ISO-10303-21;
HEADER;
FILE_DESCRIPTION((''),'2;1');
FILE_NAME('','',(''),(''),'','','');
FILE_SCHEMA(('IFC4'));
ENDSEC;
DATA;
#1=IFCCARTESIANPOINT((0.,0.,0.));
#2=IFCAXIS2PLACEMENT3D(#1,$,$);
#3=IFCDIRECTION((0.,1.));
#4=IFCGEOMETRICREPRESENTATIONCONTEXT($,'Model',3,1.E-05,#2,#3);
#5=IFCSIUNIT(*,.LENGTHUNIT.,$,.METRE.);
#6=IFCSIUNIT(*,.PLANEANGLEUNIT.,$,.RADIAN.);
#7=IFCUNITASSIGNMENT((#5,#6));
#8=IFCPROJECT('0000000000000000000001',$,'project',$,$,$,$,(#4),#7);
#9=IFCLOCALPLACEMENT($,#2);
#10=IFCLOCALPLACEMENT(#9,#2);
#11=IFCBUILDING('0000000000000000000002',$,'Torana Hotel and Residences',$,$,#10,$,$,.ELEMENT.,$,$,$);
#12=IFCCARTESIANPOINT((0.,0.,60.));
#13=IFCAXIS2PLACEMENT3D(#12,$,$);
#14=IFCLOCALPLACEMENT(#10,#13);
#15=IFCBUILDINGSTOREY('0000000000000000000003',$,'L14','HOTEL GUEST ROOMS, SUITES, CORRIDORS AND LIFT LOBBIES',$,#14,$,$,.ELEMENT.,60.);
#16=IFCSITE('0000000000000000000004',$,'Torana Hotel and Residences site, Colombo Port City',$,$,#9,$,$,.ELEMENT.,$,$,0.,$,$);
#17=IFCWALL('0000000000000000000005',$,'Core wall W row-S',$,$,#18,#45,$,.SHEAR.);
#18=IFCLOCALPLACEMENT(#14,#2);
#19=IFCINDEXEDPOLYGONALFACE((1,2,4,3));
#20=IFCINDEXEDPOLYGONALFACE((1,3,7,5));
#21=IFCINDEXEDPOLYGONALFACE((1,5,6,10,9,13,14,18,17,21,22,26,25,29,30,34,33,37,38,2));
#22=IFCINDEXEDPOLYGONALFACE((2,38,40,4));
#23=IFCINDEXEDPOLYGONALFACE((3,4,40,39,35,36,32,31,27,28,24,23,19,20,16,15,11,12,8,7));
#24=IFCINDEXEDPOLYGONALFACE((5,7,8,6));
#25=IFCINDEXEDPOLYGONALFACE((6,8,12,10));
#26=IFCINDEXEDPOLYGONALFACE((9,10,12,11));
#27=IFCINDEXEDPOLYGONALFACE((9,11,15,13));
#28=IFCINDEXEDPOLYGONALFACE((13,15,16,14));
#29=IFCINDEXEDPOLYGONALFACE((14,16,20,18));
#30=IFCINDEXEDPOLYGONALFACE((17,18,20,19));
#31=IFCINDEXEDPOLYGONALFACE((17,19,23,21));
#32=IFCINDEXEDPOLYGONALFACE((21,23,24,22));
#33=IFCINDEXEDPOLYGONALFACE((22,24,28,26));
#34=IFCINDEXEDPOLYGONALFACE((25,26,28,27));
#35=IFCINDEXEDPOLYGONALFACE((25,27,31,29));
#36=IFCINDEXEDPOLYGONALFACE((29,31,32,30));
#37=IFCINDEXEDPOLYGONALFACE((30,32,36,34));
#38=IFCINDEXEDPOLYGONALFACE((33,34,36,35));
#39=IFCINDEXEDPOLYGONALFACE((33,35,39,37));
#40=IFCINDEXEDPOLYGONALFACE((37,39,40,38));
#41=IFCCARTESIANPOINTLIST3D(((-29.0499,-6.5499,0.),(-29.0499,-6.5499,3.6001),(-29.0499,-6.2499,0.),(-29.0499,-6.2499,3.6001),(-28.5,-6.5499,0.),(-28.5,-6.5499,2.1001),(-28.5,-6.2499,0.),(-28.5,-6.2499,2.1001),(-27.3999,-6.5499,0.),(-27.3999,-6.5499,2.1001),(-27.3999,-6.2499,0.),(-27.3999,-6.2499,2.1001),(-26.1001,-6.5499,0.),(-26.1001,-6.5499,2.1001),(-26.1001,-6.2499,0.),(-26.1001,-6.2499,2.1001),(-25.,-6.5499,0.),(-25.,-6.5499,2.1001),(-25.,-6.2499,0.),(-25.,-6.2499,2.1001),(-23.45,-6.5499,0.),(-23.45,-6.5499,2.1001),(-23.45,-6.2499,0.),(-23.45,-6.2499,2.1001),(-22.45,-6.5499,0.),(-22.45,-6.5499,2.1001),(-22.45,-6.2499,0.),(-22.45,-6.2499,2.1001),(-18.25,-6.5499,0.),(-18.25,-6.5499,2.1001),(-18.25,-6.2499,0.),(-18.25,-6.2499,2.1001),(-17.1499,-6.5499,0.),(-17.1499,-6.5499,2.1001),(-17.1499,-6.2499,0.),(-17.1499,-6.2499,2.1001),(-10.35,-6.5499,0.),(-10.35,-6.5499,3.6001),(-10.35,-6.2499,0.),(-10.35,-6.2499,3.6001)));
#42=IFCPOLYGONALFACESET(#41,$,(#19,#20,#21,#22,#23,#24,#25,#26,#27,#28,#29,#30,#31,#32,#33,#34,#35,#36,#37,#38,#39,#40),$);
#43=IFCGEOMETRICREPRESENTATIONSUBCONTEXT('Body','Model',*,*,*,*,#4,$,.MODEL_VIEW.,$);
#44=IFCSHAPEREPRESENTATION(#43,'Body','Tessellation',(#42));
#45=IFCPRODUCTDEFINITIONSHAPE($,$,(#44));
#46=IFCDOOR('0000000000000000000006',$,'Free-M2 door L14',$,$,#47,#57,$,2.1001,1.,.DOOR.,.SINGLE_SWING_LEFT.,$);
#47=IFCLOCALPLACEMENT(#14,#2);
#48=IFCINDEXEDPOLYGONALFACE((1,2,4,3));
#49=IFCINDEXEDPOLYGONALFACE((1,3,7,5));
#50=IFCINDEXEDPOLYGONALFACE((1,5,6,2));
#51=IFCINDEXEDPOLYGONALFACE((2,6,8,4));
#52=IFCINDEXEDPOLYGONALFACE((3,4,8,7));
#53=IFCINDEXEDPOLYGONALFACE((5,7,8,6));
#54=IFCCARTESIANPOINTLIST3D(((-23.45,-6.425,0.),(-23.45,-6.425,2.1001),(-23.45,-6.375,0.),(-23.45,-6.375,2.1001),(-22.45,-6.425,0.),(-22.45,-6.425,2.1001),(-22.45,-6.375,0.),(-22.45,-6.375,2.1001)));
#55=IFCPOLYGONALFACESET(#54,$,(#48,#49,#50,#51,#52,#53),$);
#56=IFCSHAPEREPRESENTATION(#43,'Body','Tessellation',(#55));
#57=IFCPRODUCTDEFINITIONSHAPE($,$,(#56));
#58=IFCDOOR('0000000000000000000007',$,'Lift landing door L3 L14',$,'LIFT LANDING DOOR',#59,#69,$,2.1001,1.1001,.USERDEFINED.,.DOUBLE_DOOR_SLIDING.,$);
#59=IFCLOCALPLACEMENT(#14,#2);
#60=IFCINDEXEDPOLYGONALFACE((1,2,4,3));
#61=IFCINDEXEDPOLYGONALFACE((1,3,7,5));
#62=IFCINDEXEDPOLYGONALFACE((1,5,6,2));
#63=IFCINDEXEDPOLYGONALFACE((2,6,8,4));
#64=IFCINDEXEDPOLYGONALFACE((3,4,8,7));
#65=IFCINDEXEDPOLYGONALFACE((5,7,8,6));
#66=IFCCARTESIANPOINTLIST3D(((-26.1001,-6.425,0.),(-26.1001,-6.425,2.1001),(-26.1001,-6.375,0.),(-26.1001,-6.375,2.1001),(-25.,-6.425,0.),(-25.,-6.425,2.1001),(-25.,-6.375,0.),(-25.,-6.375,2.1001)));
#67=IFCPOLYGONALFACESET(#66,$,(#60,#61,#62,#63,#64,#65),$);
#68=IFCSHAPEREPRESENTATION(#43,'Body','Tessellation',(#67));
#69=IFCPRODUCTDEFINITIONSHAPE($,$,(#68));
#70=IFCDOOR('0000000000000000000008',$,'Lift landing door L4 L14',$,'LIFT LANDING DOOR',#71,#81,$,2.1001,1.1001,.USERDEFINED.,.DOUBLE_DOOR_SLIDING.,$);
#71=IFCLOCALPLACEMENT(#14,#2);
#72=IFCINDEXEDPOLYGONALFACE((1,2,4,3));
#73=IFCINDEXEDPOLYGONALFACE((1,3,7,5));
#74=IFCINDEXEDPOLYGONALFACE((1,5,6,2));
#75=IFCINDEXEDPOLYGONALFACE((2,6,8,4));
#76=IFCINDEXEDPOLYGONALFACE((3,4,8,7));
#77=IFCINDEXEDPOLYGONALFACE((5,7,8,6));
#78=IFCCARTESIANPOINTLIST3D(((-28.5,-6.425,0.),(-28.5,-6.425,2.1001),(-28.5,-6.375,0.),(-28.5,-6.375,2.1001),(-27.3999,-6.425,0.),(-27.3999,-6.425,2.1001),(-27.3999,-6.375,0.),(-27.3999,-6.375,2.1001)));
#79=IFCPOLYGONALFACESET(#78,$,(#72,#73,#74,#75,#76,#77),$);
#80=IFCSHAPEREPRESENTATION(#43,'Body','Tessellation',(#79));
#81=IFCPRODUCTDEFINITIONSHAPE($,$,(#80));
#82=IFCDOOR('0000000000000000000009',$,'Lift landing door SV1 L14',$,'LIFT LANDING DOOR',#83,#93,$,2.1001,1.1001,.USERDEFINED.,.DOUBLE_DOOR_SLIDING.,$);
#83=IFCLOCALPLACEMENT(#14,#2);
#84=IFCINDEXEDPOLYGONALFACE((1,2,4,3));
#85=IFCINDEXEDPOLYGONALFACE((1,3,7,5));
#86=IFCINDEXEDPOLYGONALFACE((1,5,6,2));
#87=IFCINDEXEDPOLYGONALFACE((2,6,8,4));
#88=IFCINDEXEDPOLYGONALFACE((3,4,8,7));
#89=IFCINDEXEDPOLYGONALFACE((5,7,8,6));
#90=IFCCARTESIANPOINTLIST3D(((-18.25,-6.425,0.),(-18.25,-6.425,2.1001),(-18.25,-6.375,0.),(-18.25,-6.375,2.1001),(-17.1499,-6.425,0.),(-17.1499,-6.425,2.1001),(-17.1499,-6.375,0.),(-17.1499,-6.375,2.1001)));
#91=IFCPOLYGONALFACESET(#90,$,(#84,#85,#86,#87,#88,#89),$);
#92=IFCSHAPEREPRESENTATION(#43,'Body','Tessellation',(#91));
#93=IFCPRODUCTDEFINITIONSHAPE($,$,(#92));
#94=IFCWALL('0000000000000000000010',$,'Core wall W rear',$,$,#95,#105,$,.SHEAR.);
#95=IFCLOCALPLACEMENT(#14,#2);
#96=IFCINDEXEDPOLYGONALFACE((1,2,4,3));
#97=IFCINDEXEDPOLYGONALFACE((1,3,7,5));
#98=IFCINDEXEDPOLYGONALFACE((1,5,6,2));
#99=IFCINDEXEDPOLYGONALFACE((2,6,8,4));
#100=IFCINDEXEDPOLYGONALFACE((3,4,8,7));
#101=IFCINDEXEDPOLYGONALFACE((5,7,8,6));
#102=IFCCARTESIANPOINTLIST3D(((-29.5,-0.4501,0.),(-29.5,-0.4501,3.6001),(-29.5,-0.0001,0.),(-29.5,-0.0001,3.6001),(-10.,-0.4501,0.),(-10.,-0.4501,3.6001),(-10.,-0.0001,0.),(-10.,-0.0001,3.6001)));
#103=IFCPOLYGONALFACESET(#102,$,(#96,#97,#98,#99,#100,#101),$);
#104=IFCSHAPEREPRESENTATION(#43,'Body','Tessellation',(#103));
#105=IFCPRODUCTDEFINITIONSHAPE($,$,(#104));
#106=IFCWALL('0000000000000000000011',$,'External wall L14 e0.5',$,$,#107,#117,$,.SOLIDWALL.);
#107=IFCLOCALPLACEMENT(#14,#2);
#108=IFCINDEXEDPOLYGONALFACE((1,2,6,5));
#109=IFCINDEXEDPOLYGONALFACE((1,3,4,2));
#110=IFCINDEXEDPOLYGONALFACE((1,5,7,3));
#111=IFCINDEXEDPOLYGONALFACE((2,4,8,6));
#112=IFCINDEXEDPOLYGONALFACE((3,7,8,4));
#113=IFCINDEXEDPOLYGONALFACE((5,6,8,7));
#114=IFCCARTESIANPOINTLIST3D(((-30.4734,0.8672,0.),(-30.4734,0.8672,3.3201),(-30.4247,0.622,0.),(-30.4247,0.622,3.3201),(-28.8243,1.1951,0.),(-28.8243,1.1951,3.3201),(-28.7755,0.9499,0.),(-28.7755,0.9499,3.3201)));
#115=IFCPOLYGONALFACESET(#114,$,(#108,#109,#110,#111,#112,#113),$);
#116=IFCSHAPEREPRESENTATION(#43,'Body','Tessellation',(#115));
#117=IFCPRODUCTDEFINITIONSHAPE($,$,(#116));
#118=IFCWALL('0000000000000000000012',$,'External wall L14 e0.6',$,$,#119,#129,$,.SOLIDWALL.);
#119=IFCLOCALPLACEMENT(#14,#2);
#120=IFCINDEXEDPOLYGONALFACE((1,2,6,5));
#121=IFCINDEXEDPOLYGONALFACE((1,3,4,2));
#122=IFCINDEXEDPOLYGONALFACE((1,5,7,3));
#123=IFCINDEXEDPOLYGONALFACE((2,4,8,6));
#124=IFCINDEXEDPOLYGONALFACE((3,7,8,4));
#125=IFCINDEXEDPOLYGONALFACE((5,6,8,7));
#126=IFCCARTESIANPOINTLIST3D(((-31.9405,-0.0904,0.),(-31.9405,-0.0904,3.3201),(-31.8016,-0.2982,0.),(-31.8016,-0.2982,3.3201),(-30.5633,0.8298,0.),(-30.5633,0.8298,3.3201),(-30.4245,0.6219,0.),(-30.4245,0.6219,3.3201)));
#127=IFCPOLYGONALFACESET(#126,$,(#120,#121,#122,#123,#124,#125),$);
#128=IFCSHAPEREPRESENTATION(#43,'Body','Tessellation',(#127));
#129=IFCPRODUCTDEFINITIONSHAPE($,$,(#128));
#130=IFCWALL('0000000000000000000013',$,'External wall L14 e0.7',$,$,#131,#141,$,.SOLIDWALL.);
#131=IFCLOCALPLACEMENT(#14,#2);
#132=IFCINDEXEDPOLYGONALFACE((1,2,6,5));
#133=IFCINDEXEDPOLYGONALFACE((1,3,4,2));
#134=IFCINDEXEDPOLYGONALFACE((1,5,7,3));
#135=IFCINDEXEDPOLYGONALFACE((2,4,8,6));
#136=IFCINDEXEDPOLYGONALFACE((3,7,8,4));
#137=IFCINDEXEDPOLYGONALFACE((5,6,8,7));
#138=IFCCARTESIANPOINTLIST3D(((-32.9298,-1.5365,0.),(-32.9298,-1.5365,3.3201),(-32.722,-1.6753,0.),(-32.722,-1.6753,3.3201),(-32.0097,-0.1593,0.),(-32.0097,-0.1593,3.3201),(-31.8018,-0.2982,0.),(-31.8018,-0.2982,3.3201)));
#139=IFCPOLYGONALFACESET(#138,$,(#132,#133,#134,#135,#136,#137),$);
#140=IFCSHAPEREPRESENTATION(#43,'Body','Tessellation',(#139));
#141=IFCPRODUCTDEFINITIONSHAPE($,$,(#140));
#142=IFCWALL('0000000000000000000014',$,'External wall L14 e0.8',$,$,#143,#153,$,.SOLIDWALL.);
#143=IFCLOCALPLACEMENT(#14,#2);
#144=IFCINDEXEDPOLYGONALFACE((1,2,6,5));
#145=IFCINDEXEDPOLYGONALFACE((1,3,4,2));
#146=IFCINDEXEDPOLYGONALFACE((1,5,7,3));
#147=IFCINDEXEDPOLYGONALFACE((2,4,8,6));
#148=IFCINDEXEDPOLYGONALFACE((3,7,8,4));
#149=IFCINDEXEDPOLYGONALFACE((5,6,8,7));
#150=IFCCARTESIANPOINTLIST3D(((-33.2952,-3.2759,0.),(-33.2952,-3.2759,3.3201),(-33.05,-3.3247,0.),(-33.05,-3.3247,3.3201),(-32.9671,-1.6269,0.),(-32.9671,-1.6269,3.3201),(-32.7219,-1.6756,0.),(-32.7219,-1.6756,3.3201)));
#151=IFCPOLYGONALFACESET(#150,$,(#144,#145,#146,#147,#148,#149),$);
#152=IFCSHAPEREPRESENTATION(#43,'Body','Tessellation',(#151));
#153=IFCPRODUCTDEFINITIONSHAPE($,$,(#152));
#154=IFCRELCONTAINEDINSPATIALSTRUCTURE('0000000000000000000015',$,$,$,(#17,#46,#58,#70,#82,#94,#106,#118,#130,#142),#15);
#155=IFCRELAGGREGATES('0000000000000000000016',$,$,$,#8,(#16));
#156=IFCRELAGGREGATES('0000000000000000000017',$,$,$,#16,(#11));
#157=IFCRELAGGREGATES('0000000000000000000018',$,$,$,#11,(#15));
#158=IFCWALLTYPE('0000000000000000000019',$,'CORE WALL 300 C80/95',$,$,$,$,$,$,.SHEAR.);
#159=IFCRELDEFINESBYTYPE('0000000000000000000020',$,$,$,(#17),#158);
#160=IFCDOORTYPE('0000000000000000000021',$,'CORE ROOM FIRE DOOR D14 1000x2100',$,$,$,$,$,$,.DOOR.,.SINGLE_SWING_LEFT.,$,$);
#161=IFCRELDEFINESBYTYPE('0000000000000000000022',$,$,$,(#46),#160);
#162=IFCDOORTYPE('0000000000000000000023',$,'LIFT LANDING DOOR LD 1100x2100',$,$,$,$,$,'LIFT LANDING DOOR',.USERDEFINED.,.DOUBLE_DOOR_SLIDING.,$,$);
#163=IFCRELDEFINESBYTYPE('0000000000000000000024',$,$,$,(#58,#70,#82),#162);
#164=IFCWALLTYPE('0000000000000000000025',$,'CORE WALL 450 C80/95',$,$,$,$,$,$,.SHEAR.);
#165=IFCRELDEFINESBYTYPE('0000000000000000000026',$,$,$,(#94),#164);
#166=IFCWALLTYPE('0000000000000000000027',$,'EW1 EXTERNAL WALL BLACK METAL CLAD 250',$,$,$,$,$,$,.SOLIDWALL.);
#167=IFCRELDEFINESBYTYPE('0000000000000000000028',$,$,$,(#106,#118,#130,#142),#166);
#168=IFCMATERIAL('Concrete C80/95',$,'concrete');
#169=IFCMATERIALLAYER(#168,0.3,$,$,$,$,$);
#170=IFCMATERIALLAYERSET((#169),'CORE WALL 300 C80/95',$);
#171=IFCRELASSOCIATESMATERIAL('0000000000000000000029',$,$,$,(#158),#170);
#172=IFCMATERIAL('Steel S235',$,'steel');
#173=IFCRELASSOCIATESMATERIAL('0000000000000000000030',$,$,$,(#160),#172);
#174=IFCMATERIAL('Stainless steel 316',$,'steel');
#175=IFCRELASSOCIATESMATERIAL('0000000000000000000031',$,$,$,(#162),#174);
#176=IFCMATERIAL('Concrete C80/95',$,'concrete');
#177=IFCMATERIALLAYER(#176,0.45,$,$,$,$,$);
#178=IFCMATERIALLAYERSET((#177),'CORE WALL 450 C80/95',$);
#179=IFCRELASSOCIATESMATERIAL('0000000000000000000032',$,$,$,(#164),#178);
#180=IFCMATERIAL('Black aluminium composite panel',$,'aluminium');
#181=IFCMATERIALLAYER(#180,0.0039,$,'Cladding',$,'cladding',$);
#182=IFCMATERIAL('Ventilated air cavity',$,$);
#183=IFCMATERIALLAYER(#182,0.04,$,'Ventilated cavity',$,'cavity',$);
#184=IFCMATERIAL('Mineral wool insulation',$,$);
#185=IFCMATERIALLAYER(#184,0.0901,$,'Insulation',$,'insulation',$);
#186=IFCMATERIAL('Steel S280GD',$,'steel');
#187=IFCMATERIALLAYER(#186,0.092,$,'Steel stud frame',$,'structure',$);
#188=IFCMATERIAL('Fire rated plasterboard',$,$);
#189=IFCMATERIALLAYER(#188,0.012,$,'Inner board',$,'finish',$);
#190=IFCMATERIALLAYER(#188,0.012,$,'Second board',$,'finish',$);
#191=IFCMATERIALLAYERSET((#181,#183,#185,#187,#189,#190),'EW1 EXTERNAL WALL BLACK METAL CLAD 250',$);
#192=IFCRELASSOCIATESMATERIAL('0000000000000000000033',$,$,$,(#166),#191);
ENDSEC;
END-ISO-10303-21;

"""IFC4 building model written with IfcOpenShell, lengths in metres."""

from ifc_helpers import new_model, si_unit, direction, frame, frame_2d, origin, place, context, subcontext, project, spatial, rectangle, extrude, material, layer, layer_set, type_object, element, fill, save


model = new_model("IFC4")

# Units and contexts
model_context = context("Model", 3, precision=1e-05, world=origin(), true_north=direction((0.0, 1.0)))
body_context = subcontext(model_context, "Body", "Model", "MODEL_VIEW")
ifc_project = project(units=[si_unit("LENGTHUNIT", "METRE"), si_unit("PLANEANGLEUNIT", "RADIAN")], contexts=[model_context])

# Site, building, storey
site_placement = place(None, origin())
site = spatial("IfcSite", under=ifc_project, at=site_placement, Name="Torana Hotel and Residences site, Colombo Port City", CompositionType="ELEMENT", RefElevation=0.0)
building_placement = place(site_placement, origin())
building = spatial("IfcBuilding", under=site, at=building_placement, Name="Torana Hotel and Residences", CompositionType="ELEMENT")
storey_placement = place(building_placement, frame((0.0, 0.0, 60.0)))
storey = spatial("IfcBuildingStorey", under=building, at=storey_placement, Name="L14", Description="HOTEL GUEST ROOMS, SUITES, CORRIDORS AND LIFT LOBBIES", CompositionType="ELEMENT", Elevation=60.0)

# Wall, openings, doors
ifc_material_1 = material(Name="Concrete C80/95", Category="concrete")
ifc_layer_1 = layer(ifc_material_1, 0.3)
ifc_layer_set_1 = layer_set([ifc_layer_1], Name="CORE WALL 300 C80/95")
wall_type_1 = type_object("IfcWallType", Name="CORE WALL 300 C80/95", PredefinedType="SHEAR", material=ifc_layer_set_1)
ifc_material_2 = material(Name="Steel S235", Category="steel")
door_type_1 = type_object("IfcDoorType", Name="CORE ROOM FIRE DOOR D14 1000x2100", OperationType="SINGLE_SWING_LEFT", PredefinedType="DOOR", material=ifc_material_2)
ifc_material_3 = material(Name="Stainless steel 316", Category="steel")
door_type_2 = type_object("IfcDoorType", Name="LIFT LANDING DOOR LD 1100x2100", ElementType="LIFT LANDING DOOR", OperationType="DOUBLE_DOOR_SLIDING", PredefinedType="USERDEFINED", material=ifc_material_3)
wall_1_placement = place(storey_placement, frame((-29.05, -6.3999, 0.0), z_axis=(0.0, 0.0, 1.0), x_axis=(1.0, 0.0, 0.0)))
wall_1 = element("IfcWall", 1, at=wall_1_placement, inside=storey, type_object=wall_type_1, Name="Core wall W row-S", PredefinedType="SHEAR", context=body_context, shape_type="SweptSolid", body=[
    extrude(rectangle(XDim=18.7, YDim=0.3, at=frame_2d((9.3501, 0.0))), origin(), (0.0, 0.0, 1.0), 3.6001),
])
opening_1_placement = place(wall_1_placement, frame((2.95, 0.0, 0.0)))
opening_1 = element("IfcOpeningElement", 2, at=opening_1_placement, cuts=wall_1, PredefinedType="OPENING", context=body_context, shape_type="SweptSolid", body=[
    extrude(rectangle(XDim=1.1001, YDim=2.1001, at=frame_2d((0.55, 1.05))), frame((0.0, 0.1599, 0.0), z_axis=(0.0, -1.0, 0.0), x_axis=(1.0, 0.0, 0.0)), (0.0, 0.0, 1.0), 0.3201),
])
opening_2_placement = place(wall_1_placement, frame((0.55, 0.0, 0.0)))
opening_2 = element("IfcOpeningElement", 3, at=opening_2_placement, cuts=wall_1, PredefinedType="OPENING", context=body_context, shape_type="SweptSolid", body=[
    extrude(rectangle(XDim=1.1001, YDim=2.1001, at=frame_2d((0.55, 1.05))), frame((0.0, 0.1599, 0.0), z_axis=(0.0, -1.0, 0.0), x_axis=(1.0, 0.0, 0.0)), (0.0, 0.0, 1.0), 0.3201),
])
opening_3_placement = place(wall_1_placement, frame((10.8, 0.0, 0.0)))
opening_3 = element("IfcOpeningElement", 4, at=opening_3_placement, cuts=wall_1, PredefinedType="OPENING", context=body_context, shape_type="SweptSolid", body=[
    extrude(rectangle(XDim=1.1001, YDim=2.1001, at=frame_2d((0.55, 1.05))), frame((0.0, 0.1599, 0.0), z_axis=(0.0, -1.0, 0.0), x_axis=(1.0, 0.0, 0.0)), (0.0, 0.0, 1.0), 0.3201),
])
opening_4_placement = place(wall_1_placement, frame((5.6001, 0.0, 0.0)))
opening_4 = element("IfcOpeningElement", 5, at=opening_4_placement, cuts=wall_1, PredefinedType="OPENING", context=body_context, shape_type="SweptSolid", body=[
    extrude(rectangle(XDim=1.0, YDim=2.1001, at=frame_2d((0.5, 1.05))), frame((0.0, 0.1599, 0.0), z_axis=(0.0, -1.0, 0.0), x_axis=(1.0, 0.0, 0.0)), (0.0, 0.0, 1.0), 0.3201),
])
door_1_placement = place(opening_4_placement, frame((0.5, 0.0, 0.0), z_axis=(0.0, 0.0, 1.0), x_axis=(-1.0, 0.0, 0.0)))
door_1 = element("IfcDoor", 6, at=door_1_placement, inside=storey, type_object=door_type_1, Name="Free-M2 door L14", OperationType="SINGLE_SWING_LEFT", OverallHeight=2.1001, OverallWidth=1.0, PredefinedType="DOOR", context=body_context, shape_type="SweptSolid", body=[
    extrude(rectangle(XDim=1.0, YDim=2.1001, at=frame_2d((0.0, 1.05))), frame((0.0, -0.0249, 0.0), z_axis=(0.0, 1.0, 0.0), x_axis=(-1.0, 0.0, 0.0)), (0.0, 0.0, 1.0), 0.05),
])
fill(opening_4, door_1)
door_2_placement = place(opening_1_placement, origin())
door_2 = element("IfcDoor", 7, at=door_2_placement, inside=storey, type_object=door_type_2, Name="Lift landing door L3 L14", ObjectType="LIFT LANDING DOOR", OperationType="DOUBLE_DOOR_SLIDING", OverallHeight=2.1001, OverallWidth=1.1001, PredefinedType="USERDEFINED", context=body_context, shape_type="SweptSolid", body=[
    extrude(rectangle(XDim=1.1001, YDim=2.1001, at=frame_2d((0.55, 1.05))), frame((0.0, 0.0249, 0.0), z_axis=(0.0, -1.0, 0.0), x_axis=(1.0, 0.0, 0.0)), (0.0, 0.0, 1.0), 0.05),
])
fill(opening_1, door_2)
door_3_placement = place(opening_2_placement, origin())
door_3 = element("IfcDoor", 8, at=door_3_placement, inside=storey, type_object=door_type_2, Name="Lift landing door L4 L14", ObjectType="LIFT LANDING DOOR", OperationType="DOUBLE_DOOR_SLIDING", OverallHeight=2.1001, OverallWidth=1.1001, PredefinedType="USERDEFINED", context=body_context, shape_type="SweptSolid", body=[
    extrude(rectangle(XDim=1.1001, YDim=2.1001, at=frame_2d((0.55, 1.05))), frame((0.0, 0.0249, 0.0), z_axis=(0.0, -1.0, 0.0), x_axis=(1.0, 0.0, 0.0)), (0.0, 0.0, 1.0), 0.05),
])
fill(opening_2, door_3)
door_4_placement = place(opening_3_placement, origin())
door_4 = element("IfcDoor", 9, at=door_4_placement, inside=storey, type_object=door_type_2, Name="Lift landing door SV1 L14", ObjectType="LIFT LANDING DOOR", OperationType="DOUBLE_DOOR_SLIDING", OverallHeight=2.1001, OverallWidth=1.1001, PredefinedType="USERDEFINED", context=body_context, shape_type="SweptSolid", body=[
    extrude(rectangle(XDim=1.1001, YDim=2.1001, at=frame_2d((0.55, 1.05))), frame((0.0, 0.0249, 0.0), z_axis=(0.0, -1.0, 0.0), x_axis=(1.0, 0.0, 0.0)), (0.0, 0.0, 1.0), 0.05),
])
fill(opening_3, door_4)

# Walls
ifc_material_4 = material(Name="Concrete C80/95", Category="concrete")
ifc_layer_2 = layer(ifc_material_4, 0.45)
ifc_layer_set_2 = layer_set([ifc_layer_2], Name="CORE WALL 450 C80/95")
wall_type_2 = type_object("IfcWallType", Name="CORE WALL 450 C80/95", PredefinedType="SHEAR", material=ifc_layer_set_2)
wall_2_placement = place(storey_placement, frame((-29.5, -0.2251, 0.0), z_axis=(0.0, 0.0, 1.0), x_axis=(1.0, 0.0, 0.0)))
element("IfcWall", 10, at=wall_2_placement, inside=storey, type_object=wall_type_2, Name="Core wall W rear", PredefinedType="SHEAR", context=body_context, shape_type="SweptSolid", body=[
    extrude(rectangle(XDim=19.5, YDim=0.45, at=frame_2d((9.75, 0.0))), origin(), (0.0, 0.0, 1.0), 3.6001),
])
ifc_material_5 = material(Name="Black aluminium composite panel", Category="aluminium")
ifc_layer_3 = layer(ifc_material_5, 0.0039, Name="Cladding", Category="cladding")
ifc_material_6 = material(Name="Ventilated air cavity")
ifc_layer_4 = layer(ifc_material_6, 0.04, Name="Ventilated cavity", Category="cavity")
ifc_material_7 = material(Name="Mineral wool insulation")
ifc_layer_5 = layer(ifc_material_7, 0.0901, Name="Insulation", Category="insulation")
ifc_material_8 = material(Name="Steel S280GD", Category="steel")
ifc_layer_6 = layer(ifc_material_8, 0.092, Name="Steel stud frame", Category="structure")
ifc_material_9 = material(Name="Fire rated plasterboard")
ifc_layer_7 = layer(ifc_material_9, 0.012, Name="Inner board", Category="finish")
ifc_layer_8 = layer(ifc_material_9, 0.012, Name="Second board", Category="finish")
ifc_layer_set_3 = layer_set([ifc_layer_3, ifc_layer_4, ifc_layer_5, ifc_layer_6, ifc_layer_7, ifc_layer_8], Name="EW1 EXTERNAL WALL BLACK METAL CLAD 250")
wall_type_3 = type_object("IfcWallType", Name="EW1 EXTERNAL WALL BLACK METAL CLAD 250", PredefinedType="SOLIDWALL", material=ifc_layer_set_3)
wall_3_placement = place(storey_placement, frame((-28.7998, 1.0725, 0.0), z_axis=(0.0, 0.0, 1.0), x_axis=(-0.980803, -0.194999, 0.0)))
element("IfcWall", 11, at=wall_3_placement, inside=storey, type_object=wall_type_3, Name="External wall L14 e0.5", PredefinedType="SOLIDWALL", context=body_context, shape_type="SweptSolid", body=[
    extrude(rectangle(XDim=1.6814, YDim=0.25, at=frame_2d((0.8408, 0.0))), origin(), (0.0, 0.0, 1.0), 3.3201),
])
for number, where, z_axis, x_axis, name in (
    (12, (-30.4939, 0.7258, 0.0), (0.0, 0.0, 1.0), (-0.831483, -0.55555, 0.0), "External wall L14 e0.6"),
    (13, (-31.9058, -0.2288, 0.0), (0.0, 0.0, 1.0), (-0.55555, -0.831483, 0.0), "External wall L14 e0.7"),
):
    element("IfcWall", number, at=place(storey_placement, frame(where, z_axis=z_axis, x_axis=x_axis)), inside=storey, type_object=wall_type_3, Name=name, PredefinedType="SOLIDWALL", context=body_context, shape_type="SweptSolid", body=[
        extrude(rectangle(XDim=1.6562, YDim=0.25, at=frame_2d((0.8281, 0.0))), origin(), (0.0, 0.0, 1.0), 3.3201),
    ])
wall_4_placement = place(storey_placement, frame((-32.8445, -1.6511, 0.0), z_axis=(0.0, 0.0, 1.0), x_axis=(-0.195139, -0.980776, 0.0)))
element("IfcWall", 14, at=wall_4_placement, inside=storey, type_object=wall_type_3, Name="External wall L14 e0.8", PredefinedType="SOLIDWALL", context=body_context, shape_type="SweptSolid", body=[
    extrude(rectangle(XDim=1.6814, YDim=0.25, at=frame_2d((0.8408, 0.0))), origin(), (0.0, 0.0, 1.0), 3.3201),
])

save(model, "model.ifc")
